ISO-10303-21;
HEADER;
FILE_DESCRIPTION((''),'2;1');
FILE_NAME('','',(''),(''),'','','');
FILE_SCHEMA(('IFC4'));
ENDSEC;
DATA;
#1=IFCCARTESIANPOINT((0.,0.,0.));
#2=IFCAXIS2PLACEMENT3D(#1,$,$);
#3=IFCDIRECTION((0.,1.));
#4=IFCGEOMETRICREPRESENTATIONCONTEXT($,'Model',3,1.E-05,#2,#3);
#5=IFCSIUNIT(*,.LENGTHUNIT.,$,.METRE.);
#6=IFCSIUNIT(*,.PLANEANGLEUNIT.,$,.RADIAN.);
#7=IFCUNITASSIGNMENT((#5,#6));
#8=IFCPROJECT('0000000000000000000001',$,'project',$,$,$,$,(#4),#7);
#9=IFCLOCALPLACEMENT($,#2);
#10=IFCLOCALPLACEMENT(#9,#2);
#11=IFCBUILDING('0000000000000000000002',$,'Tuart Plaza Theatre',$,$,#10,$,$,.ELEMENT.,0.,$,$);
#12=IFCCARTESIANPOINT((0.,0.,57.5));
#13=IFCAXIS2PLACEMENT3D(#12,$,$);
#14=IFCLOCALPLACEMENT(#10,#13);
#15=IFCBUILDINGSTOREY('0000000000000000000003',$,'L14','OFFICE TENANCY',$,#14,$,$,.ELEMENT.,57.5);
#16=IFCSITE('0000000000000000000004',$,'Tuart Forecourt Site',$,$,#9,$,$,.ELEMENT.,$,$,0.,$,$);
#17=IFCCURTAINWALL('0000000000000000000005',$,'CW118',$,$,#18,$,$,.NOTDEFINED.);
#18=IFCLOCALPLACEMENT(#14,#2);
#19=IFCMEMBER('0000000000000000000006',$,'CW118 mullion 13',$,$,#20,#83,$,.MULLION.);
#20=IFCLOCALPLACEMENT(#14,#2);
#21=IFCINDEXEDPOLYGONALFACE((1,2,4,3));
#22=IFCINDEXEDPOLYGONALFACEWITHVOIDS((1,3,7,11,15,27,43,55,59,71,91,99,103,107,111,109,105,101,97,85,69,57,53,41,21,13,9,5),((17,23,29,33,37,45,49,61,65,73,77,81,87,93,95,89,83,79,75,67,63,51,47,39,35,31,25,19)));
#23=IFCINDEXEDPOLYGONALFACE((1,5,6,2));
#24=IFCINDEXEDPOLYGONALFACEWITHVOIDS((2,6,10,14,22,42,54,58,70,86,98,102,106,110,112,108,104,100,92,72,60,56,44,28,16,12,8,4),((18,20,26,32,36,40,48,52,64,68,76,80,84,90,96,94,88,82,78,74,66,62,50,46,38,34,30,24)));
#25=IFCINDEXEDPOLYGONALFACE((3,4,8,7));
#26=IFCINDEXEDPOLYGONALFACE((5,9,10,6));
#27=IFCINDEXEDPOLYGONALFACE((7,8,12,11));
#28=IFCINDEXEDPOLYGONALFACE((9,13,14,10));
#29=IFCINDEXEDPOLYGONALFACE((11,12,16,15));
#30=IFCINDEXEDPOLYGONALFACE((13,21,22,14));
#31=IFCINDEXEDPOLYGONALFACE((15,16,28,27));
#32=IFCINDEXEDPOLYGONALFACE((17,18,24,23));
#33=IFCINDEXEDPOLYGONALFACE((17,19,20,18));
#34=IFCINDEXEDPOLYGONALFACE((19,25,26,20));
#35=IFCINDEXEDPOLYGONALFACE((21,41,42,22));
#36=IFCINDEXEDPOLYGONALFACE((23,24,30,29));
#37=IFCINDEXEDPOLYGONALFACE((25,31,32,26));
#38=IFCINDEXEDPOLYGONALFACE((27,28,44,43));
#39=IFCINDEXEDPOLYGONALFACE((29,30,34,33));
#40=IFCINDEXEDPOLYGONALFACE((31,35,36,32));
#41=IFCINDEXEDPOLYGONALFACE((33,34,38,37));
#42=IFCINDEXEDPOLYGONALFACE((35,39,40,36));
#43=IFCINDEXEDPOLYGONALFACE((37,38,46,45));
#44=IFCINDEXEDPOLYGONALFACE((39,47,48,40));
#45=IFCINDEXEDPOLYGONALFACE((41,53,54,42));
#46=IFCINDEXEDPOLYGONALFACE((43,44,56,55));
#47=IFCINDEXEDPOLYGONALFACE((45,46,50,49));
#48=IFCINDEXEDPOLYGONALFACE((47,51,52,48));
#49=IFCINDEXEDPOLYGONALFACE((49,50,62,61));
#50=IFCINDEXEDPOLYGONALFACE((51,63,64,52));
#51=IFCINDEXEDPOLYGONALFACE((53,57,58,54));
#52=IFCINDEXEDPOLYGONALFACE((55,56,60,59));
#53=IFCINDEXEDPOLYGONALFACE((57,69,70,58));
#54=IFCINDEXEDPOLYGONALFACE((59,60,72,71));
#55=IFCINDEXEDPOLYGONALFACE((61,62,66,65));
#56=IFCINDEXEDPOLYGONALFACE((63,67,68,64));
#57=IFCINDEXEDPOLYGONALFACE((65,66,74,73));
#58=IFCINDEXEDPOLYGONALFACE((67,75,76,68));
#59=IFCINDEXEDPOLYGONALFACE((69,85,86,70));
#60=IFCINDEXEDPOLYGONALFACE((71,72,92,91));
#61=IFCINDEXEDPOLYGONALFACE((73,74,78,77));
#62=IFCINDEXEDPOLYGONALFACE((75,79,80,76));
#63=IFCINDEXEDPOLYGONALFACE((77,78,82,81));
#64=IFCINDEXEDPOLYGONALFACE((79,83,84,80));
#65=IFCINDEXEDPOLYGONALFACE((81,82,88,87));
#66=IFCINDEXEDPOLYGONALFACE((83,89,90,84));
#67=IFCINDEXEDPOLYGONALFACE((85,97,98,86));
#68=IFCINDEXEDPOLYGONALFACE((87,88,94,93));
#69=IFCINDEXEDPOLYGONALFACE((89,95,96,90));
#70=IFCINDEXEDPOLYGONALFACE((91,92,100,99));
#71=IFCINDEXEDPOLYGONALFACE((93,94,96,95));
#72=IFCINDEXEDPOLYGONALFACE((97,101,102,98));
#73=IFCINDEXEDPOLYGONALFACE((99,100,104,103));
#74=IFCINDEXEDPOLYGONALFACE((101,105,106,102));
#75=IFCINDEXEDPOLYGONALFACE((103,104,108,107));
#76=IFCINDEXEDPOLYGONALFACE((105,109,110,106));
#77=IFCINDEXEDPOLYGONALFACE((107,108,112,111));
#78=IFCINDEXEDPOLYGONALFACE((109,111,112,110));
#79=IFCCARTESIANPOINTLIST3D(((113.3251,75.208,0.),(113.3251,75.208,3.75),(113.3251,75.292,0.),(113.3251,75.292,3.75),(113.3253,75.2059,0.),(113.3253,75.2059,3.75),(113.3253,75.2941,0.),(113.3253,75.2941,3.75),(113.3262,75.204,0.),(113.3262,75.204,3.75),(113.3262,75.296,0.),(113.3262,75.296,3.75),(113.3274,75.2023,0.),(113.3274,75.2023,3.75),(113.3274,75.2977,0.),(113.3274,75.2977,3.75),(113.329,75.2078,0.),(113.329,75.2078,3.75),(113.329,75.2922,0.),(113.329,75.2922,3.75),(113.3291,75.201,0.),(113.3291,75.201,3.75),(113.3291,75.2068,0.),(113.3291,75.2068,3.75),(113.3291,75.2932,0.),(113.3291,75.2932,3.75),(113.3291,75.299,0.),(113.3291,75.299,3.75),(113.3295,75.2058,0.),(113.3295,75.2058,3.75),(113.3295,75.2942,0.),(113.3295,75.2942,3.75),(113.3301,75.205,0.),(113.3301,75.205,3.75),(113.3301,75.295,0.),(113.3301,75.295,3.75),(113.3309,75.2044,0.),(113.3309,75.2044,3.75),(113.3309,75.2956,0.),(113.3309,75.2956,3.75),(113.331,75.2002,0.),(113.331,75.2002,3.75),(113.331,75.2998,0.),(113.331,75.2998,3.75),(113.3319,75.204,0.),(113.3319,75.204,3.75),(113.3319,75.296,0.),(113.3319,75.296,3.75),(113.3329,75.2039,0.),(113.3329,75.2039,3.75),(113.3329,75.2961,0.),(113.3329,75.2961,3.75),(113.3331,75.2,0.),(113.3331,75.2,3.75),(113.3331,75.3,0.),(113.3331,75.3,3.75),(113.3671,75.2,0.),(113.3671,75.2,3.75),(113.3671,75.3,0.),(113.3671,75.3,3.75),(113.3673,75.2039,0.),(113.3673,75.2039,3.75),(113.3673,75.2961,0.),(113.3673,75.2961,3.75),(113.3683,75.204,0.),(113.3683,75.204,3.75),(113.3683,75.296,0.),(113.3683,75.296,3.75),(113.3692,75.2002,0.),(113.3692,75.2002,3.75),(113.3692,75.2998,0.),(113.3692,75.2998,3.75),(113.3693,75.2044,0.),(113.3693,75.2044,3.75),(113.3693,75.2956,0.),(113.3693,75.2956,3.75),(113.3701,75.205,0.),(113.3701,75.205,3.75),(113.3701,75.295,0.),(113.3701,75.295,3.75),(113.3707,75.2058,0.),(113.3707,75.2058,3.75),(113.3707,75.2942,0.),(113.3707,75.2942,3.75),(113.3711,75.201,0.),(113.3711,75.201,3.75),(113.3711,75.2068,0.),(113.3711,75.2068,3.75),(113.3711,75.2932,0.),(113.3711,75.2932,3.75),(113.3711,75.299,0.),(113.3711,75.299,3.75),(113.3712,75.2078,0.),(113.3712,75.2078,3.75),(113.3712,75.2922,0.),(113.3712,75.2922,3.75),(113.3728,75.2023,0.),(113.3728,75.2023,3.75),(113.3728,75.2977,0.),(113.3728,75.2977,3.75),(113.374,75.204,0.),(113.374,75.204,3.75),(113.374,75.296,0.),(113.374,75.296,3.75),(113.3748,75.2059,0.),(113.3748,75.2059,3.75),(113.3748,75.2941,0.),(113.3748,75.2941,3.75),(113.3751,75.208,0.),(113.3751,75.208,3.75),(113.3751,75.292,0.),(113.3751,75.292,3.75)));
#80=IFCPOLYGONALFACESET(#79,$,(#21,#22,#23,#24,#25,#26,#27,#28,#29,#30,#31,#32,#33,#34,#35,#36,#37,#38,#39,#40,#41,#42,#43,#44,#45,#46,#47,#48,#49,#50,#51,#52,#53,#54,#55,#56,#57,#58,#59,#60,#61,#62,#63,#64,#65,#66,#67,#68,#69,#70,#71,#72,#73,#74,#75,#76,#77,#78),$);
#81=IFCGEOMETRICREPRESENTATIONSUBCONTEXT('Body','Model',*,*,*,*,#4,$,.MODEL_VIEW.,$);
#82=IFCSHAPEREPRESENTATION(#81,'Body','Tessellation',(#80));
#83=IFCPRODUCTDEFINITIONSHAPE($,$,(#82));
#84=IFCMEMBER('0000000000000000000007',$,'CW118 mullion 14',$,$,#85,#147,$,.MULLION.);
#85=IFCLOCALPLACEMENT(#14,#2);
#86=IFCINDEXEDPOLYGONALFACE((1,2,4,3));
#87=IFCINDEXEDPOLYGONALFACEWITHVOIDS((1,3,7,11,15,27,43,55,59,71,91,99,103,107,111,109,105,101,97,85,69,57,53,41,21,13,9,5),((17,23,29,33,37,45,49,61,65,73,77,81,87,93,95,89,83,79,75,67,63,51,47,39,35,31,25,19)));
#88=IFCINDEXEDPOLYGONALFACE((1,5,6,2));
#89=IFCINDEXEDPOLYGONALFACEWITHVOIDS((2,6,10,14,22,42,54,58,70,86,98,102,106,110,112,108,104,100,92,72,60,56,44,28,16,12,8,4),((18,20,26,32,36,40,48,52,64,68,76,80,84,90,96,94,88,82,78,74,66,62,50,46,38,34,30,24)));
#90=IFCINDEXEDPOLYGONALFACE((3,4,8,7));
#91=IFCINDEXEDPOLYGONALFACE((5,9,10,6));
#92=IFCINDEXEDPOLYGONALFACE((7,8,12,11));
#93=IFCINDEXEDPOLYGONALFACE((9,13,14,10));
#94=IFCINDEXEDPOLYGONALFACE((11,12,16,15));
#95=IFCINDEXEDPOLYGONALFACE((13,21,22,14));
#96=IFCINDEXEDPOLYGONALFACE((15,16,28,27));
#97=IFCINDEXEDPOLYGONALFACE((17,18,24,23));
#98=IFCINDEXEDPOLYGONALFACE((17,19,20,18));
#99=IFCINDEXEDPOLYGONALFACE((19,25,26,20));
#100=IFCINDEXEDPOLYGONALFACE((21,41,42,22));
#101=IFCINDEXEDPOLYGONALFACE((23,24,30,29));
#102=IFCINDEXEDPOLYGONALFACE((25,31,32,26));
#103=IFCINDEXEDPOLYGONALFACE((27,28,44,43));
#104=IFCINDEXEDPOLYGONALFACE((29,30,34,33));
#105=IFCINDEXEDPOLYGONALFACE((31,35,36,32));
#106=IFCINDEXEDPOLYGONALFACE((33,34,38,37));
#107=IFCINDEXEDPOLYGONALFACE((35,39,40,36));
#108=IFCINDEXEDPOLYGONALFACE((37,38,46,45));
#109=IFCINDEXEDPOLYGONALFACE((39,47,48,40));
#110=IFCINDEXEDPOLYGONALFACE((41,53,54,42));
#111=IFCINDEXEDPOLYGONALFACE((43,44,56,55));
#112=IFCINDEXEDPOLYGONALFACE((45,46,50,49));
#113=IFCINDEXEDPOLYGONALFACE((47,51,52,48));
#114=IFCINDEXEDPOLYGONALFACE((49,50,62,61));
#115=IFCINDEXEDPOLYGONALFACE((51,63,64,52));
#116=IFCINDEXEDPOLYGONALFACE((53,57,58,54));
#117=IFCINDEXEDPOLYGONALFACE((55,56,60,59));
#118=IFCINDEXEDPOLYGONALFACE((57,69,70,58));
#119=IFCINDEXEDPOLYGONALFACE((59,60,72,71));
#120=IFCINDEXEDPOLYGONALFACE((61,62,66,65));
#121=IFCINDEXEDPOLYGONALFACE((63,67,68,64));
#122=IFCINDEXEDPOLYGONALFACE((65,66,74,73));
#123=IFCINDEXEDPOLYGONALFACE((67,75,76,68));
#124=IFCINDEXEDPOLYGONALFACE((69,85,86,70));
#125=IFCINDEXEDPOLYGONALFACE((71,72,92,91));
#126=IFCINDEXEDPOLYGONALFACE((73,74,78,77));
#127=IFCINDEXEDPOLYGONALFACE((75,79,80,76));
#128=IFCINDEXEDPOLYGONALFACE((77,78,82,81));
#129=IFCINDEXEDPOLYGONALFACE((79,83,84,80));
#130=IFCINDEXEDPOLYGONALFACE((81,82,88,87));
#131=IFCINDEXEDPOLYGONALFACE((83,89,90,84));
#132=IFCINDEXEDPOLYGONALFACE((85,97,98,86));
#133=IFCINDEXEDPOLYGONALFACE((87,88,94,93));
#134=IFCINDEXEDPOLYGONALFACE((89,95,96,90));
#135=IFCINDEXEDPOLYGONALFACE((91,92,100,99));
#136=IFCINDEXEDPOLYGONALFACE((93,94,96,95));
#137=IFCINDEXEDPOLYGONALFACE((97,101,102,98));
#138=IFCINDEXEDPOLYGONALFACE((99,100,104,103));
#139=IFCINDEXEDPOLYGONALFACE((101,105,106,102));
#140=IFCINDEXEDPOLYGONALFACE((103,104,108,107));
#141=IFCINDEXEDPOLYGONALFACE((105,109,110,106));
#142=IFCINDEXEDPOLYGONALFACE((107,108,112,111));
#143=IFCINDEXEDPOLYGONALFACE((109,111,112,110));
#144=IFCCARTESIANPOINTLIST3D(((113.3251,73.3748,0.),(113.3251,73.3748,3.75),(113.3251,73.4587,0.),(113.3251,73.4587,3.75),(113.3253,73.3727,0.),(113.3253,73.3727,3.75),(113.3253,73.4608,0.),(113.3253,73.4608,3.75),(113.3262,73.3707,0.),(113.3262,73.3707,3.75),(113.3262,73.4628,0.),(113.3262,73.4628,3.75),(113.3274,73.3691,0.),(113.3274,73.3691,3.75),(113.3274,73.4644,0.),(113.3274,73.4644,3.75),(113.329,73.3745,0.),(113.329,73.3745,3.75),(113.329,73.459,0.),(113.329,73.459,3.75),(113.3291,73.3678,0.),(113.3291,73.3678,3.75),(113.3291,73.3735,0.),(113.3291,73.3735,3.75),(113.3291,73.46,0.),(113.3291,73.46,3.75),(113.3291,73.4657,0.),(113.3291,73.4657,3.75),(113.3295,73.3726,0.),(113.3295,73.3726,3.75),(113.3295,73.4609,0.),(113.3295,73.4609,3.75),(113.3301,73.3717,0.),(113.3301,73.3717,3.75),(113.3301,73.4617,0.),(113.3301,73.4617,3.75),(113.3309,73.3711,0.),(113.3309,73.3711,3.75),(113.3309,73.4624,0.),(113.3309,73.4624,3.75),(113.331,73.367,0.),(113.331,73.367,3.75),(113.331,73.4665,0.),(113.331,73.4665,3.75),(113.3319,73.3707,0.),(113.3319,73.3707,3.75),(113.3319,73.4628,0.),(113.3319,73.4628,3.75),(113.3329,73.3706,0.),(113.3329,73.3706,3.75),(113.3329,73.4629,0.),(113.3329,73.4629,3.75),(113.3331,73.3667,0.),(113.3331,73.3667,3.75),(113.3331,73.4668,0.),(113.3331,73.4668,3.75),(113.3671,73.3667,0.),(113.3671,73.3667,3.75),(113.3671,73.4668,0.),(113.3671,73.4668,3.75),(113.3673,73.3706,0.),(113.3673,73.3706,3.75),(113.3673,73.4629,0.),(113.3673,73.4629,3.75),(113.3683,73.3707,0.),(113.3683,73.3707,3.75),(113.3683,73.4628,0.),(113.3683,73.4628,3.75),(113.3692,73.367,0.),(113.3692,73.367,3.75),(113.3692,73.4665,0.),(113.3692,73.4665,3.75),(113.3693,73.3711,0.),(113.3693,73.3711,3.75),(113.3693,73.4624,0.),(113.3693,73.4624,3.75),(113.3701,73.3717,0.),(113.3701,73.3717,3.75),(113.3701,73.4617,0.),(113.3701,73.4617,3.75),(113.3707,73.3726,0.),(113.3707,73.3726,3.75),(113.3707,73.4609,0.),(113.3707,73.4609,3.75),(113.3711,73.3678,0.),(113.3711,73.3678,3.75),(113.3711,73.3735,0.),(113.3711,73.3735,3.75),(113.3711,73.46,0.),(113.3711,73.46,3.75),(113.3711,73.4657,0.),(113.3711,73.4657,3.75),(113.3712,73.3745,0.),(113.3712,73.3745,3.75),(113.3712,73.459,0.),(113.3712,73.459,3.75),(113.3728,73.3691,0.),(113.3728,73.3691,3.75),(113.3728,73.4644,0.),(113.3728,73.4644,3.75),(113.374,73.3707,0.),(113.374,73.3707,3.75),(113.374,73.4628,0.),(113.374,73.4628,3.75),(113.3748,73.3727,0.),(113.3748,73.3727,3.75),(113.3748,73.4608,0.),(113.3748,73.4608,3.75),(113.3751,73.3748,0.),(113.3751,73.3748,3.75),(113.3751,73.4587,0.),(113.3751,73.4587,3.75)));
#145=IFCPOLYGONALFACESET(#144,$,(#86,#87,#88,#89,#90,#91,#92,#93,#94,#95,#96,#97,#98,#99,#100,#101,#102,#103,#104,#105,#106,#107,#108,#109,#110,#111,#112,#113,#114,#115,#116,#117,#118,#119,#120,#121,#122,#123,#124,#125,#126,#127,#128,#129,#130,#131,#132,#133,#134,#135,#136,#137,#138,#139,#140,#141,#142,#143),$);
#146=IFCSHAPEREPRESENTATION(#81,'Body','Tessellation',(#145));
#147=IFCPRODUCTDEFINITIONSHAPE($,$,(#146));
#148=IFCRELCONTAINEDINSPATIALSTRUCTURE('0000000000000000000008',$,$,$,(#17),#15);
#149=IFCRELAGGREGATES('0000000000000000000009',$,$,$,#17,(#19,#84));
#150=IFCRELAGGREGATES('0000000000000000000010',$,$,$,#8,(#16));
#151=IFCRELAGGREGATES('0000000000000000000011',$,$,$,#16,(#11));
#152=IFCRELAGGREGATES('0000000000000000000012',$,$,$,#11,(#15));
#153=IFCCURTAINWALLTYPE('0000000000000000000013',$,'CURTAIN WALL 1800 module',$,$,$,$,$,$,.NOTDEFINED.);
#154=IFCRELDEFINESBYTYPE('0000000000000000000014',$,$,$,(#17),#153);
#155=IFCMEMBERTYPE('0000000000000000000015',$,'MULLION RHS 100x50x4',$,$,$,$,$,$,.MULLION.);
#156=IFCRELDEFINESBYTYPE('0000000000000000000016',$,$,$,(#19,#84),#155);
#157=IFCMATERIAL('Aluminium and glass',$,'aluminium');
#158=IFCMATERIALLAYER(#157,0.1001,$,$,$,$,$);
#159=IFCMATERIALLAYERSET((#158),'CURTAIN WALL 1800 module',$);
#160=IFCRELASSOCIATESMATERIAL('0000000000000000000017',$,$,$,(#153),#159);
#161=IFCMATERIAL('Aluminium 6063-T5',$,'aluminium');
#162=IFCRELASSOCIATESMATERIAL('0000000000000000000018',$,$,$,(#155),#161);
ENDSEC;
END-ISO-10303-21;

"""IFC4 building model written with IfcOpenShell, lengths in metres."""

from ifc_helpers import new_model, si_unit, direction, frame, origin, origin_2d, place, context, subcontext, project, spatial, hollow_rectangle, extrude, material, layer, layer_set, material_profile, profile_set, type_object, element, aggregate, save


model = new_model("IFC4")

# Units and contexts
model_context = context("Model", 3, precision=1e-05, world=origin(), true_north=direction((0.0, 1.0)))
body_context = subcontext(model_context, "Body", "Model", "MODEL_VIEW")
ifc_project = project(units=[si_unit("LENGTHUNIT", "METRE"), si_unit("PLANEANGLEUNIT", "RADIAN")], contexts=[model_context])

# Site, building, storey
site_placement = place(None, origin())
site = spatial("IfcSite", under=ifc_project, at=site_placement, Name="Tuart Forecourt Site", CompositionType="ELEMENT", RefElevation=0.0)
building_placement = place(site_placement, origin())
building = spatial("IfcBuilding", under=site, at=building_placement, Name="Tuart Plaza Theatre", CompositionType="ELEMENT", ElevationOfRefHeight=0.0)
storey_placement = place(building_placement, frame((0.0, 0.0, 57.5)))
storey = spatial("IfcBuildingStorey", under=building, at=storey_placement, Name="L14", Description="OFFICE TENANCY", CompositionType="ELEMENT", Elevation=57.5)

# Curtain wall, members
ifc_material_1 = material(Name="Aluminium and glass", Category="aluminium")
ifc_layer_1 = layer(ifc_material_1, 0.1001)
ifc_layer_set_1 = layer_set([ifc_layer_1], Name="CURTAIN WALL 1800 module")
curtain_wall_type = type_object("IfcCurtainWallType", Name="CURTAIN WALL 1800 module", PredefinedType="NOTDEFINED", material=ifc_layer_set_1)
curtain_wall_placement = place(storey_placement, origin())
curtain_wall = element("IfcCurtainWall", 1, at=curtain_wall_placement, inside=storey, type_object=curtain_wall_type, Name="CW118", PredefinedType="NOTDEFINED")
ifc_material_2 = material(Name="Aluminium 6063-T5", Category="aluminium")
ifc_material_profile = material_profile(ifc_material_2, hollow_rectangle(XDim=0.05, YDim=0.1001, WallThickness=0.0039, InnerFilletRadius=0.0039, OuterFilletRadius=0.0081, at=origin_2d()), Name="RHS 100x50x4")
ifc_profile_set = profile_set([ifc_material_profile], Name="Aluminium 6063-T5")
member_type = type_object("IfcMemberType", Name="MULLION RHS 100x50x4", PredefinedType="MULLION", material=ifc_profile_set)
member_1_placement = place(storey_placement, frame((113.3501, 75.25, 0.0), z_axis=(0.0, 0.0, 1.0), x_axis=(1.0, 0.0, 0.0)))
member_1 = element("IfcMember", 2, at=member_1_placement, type_object=member_type, Name="CW118 mullion 13", PredefinedType="MULLION", context=body_context, shape_type="SweptSolid", body=[
    extrude(hollow_rectangle(XDim=0.05, YDim=0.1001, WallThickness=0.0039, InnerFilletRadius=0.0039, OuterFilletRadius=0.0081, at=origin_2d()), origin(), (0.0, 0.0, 1.0), 3.75),
])
member_2_placement = place(storey_placement, frame((113.3501, 73.4167, 0.0), z_axis=(0.0, 0.0, 1.0), x_axis=(1.0, 0.0, 0.0)))
member_2 = element("IfcMember", 3, at=member_2_placement, type_object=member_type, Name="CW118 mullion 14", PredefinedType="MULLION", context=body_context, shape_type="SweptSolid", body=[
    extrude(hollow_rectangle(XDim=0.05, YDim=0.1001, WallThickness=0.0039, InnerFilletRadius=0.0039, OuterFilletRadius=0.0081, at=origin_2d()), origin(), (0.0, 0.0, 1.0), 3.75),
])
aggregate(curtain_wall, [member_1, member_2])

save(model, "model.ifc")
